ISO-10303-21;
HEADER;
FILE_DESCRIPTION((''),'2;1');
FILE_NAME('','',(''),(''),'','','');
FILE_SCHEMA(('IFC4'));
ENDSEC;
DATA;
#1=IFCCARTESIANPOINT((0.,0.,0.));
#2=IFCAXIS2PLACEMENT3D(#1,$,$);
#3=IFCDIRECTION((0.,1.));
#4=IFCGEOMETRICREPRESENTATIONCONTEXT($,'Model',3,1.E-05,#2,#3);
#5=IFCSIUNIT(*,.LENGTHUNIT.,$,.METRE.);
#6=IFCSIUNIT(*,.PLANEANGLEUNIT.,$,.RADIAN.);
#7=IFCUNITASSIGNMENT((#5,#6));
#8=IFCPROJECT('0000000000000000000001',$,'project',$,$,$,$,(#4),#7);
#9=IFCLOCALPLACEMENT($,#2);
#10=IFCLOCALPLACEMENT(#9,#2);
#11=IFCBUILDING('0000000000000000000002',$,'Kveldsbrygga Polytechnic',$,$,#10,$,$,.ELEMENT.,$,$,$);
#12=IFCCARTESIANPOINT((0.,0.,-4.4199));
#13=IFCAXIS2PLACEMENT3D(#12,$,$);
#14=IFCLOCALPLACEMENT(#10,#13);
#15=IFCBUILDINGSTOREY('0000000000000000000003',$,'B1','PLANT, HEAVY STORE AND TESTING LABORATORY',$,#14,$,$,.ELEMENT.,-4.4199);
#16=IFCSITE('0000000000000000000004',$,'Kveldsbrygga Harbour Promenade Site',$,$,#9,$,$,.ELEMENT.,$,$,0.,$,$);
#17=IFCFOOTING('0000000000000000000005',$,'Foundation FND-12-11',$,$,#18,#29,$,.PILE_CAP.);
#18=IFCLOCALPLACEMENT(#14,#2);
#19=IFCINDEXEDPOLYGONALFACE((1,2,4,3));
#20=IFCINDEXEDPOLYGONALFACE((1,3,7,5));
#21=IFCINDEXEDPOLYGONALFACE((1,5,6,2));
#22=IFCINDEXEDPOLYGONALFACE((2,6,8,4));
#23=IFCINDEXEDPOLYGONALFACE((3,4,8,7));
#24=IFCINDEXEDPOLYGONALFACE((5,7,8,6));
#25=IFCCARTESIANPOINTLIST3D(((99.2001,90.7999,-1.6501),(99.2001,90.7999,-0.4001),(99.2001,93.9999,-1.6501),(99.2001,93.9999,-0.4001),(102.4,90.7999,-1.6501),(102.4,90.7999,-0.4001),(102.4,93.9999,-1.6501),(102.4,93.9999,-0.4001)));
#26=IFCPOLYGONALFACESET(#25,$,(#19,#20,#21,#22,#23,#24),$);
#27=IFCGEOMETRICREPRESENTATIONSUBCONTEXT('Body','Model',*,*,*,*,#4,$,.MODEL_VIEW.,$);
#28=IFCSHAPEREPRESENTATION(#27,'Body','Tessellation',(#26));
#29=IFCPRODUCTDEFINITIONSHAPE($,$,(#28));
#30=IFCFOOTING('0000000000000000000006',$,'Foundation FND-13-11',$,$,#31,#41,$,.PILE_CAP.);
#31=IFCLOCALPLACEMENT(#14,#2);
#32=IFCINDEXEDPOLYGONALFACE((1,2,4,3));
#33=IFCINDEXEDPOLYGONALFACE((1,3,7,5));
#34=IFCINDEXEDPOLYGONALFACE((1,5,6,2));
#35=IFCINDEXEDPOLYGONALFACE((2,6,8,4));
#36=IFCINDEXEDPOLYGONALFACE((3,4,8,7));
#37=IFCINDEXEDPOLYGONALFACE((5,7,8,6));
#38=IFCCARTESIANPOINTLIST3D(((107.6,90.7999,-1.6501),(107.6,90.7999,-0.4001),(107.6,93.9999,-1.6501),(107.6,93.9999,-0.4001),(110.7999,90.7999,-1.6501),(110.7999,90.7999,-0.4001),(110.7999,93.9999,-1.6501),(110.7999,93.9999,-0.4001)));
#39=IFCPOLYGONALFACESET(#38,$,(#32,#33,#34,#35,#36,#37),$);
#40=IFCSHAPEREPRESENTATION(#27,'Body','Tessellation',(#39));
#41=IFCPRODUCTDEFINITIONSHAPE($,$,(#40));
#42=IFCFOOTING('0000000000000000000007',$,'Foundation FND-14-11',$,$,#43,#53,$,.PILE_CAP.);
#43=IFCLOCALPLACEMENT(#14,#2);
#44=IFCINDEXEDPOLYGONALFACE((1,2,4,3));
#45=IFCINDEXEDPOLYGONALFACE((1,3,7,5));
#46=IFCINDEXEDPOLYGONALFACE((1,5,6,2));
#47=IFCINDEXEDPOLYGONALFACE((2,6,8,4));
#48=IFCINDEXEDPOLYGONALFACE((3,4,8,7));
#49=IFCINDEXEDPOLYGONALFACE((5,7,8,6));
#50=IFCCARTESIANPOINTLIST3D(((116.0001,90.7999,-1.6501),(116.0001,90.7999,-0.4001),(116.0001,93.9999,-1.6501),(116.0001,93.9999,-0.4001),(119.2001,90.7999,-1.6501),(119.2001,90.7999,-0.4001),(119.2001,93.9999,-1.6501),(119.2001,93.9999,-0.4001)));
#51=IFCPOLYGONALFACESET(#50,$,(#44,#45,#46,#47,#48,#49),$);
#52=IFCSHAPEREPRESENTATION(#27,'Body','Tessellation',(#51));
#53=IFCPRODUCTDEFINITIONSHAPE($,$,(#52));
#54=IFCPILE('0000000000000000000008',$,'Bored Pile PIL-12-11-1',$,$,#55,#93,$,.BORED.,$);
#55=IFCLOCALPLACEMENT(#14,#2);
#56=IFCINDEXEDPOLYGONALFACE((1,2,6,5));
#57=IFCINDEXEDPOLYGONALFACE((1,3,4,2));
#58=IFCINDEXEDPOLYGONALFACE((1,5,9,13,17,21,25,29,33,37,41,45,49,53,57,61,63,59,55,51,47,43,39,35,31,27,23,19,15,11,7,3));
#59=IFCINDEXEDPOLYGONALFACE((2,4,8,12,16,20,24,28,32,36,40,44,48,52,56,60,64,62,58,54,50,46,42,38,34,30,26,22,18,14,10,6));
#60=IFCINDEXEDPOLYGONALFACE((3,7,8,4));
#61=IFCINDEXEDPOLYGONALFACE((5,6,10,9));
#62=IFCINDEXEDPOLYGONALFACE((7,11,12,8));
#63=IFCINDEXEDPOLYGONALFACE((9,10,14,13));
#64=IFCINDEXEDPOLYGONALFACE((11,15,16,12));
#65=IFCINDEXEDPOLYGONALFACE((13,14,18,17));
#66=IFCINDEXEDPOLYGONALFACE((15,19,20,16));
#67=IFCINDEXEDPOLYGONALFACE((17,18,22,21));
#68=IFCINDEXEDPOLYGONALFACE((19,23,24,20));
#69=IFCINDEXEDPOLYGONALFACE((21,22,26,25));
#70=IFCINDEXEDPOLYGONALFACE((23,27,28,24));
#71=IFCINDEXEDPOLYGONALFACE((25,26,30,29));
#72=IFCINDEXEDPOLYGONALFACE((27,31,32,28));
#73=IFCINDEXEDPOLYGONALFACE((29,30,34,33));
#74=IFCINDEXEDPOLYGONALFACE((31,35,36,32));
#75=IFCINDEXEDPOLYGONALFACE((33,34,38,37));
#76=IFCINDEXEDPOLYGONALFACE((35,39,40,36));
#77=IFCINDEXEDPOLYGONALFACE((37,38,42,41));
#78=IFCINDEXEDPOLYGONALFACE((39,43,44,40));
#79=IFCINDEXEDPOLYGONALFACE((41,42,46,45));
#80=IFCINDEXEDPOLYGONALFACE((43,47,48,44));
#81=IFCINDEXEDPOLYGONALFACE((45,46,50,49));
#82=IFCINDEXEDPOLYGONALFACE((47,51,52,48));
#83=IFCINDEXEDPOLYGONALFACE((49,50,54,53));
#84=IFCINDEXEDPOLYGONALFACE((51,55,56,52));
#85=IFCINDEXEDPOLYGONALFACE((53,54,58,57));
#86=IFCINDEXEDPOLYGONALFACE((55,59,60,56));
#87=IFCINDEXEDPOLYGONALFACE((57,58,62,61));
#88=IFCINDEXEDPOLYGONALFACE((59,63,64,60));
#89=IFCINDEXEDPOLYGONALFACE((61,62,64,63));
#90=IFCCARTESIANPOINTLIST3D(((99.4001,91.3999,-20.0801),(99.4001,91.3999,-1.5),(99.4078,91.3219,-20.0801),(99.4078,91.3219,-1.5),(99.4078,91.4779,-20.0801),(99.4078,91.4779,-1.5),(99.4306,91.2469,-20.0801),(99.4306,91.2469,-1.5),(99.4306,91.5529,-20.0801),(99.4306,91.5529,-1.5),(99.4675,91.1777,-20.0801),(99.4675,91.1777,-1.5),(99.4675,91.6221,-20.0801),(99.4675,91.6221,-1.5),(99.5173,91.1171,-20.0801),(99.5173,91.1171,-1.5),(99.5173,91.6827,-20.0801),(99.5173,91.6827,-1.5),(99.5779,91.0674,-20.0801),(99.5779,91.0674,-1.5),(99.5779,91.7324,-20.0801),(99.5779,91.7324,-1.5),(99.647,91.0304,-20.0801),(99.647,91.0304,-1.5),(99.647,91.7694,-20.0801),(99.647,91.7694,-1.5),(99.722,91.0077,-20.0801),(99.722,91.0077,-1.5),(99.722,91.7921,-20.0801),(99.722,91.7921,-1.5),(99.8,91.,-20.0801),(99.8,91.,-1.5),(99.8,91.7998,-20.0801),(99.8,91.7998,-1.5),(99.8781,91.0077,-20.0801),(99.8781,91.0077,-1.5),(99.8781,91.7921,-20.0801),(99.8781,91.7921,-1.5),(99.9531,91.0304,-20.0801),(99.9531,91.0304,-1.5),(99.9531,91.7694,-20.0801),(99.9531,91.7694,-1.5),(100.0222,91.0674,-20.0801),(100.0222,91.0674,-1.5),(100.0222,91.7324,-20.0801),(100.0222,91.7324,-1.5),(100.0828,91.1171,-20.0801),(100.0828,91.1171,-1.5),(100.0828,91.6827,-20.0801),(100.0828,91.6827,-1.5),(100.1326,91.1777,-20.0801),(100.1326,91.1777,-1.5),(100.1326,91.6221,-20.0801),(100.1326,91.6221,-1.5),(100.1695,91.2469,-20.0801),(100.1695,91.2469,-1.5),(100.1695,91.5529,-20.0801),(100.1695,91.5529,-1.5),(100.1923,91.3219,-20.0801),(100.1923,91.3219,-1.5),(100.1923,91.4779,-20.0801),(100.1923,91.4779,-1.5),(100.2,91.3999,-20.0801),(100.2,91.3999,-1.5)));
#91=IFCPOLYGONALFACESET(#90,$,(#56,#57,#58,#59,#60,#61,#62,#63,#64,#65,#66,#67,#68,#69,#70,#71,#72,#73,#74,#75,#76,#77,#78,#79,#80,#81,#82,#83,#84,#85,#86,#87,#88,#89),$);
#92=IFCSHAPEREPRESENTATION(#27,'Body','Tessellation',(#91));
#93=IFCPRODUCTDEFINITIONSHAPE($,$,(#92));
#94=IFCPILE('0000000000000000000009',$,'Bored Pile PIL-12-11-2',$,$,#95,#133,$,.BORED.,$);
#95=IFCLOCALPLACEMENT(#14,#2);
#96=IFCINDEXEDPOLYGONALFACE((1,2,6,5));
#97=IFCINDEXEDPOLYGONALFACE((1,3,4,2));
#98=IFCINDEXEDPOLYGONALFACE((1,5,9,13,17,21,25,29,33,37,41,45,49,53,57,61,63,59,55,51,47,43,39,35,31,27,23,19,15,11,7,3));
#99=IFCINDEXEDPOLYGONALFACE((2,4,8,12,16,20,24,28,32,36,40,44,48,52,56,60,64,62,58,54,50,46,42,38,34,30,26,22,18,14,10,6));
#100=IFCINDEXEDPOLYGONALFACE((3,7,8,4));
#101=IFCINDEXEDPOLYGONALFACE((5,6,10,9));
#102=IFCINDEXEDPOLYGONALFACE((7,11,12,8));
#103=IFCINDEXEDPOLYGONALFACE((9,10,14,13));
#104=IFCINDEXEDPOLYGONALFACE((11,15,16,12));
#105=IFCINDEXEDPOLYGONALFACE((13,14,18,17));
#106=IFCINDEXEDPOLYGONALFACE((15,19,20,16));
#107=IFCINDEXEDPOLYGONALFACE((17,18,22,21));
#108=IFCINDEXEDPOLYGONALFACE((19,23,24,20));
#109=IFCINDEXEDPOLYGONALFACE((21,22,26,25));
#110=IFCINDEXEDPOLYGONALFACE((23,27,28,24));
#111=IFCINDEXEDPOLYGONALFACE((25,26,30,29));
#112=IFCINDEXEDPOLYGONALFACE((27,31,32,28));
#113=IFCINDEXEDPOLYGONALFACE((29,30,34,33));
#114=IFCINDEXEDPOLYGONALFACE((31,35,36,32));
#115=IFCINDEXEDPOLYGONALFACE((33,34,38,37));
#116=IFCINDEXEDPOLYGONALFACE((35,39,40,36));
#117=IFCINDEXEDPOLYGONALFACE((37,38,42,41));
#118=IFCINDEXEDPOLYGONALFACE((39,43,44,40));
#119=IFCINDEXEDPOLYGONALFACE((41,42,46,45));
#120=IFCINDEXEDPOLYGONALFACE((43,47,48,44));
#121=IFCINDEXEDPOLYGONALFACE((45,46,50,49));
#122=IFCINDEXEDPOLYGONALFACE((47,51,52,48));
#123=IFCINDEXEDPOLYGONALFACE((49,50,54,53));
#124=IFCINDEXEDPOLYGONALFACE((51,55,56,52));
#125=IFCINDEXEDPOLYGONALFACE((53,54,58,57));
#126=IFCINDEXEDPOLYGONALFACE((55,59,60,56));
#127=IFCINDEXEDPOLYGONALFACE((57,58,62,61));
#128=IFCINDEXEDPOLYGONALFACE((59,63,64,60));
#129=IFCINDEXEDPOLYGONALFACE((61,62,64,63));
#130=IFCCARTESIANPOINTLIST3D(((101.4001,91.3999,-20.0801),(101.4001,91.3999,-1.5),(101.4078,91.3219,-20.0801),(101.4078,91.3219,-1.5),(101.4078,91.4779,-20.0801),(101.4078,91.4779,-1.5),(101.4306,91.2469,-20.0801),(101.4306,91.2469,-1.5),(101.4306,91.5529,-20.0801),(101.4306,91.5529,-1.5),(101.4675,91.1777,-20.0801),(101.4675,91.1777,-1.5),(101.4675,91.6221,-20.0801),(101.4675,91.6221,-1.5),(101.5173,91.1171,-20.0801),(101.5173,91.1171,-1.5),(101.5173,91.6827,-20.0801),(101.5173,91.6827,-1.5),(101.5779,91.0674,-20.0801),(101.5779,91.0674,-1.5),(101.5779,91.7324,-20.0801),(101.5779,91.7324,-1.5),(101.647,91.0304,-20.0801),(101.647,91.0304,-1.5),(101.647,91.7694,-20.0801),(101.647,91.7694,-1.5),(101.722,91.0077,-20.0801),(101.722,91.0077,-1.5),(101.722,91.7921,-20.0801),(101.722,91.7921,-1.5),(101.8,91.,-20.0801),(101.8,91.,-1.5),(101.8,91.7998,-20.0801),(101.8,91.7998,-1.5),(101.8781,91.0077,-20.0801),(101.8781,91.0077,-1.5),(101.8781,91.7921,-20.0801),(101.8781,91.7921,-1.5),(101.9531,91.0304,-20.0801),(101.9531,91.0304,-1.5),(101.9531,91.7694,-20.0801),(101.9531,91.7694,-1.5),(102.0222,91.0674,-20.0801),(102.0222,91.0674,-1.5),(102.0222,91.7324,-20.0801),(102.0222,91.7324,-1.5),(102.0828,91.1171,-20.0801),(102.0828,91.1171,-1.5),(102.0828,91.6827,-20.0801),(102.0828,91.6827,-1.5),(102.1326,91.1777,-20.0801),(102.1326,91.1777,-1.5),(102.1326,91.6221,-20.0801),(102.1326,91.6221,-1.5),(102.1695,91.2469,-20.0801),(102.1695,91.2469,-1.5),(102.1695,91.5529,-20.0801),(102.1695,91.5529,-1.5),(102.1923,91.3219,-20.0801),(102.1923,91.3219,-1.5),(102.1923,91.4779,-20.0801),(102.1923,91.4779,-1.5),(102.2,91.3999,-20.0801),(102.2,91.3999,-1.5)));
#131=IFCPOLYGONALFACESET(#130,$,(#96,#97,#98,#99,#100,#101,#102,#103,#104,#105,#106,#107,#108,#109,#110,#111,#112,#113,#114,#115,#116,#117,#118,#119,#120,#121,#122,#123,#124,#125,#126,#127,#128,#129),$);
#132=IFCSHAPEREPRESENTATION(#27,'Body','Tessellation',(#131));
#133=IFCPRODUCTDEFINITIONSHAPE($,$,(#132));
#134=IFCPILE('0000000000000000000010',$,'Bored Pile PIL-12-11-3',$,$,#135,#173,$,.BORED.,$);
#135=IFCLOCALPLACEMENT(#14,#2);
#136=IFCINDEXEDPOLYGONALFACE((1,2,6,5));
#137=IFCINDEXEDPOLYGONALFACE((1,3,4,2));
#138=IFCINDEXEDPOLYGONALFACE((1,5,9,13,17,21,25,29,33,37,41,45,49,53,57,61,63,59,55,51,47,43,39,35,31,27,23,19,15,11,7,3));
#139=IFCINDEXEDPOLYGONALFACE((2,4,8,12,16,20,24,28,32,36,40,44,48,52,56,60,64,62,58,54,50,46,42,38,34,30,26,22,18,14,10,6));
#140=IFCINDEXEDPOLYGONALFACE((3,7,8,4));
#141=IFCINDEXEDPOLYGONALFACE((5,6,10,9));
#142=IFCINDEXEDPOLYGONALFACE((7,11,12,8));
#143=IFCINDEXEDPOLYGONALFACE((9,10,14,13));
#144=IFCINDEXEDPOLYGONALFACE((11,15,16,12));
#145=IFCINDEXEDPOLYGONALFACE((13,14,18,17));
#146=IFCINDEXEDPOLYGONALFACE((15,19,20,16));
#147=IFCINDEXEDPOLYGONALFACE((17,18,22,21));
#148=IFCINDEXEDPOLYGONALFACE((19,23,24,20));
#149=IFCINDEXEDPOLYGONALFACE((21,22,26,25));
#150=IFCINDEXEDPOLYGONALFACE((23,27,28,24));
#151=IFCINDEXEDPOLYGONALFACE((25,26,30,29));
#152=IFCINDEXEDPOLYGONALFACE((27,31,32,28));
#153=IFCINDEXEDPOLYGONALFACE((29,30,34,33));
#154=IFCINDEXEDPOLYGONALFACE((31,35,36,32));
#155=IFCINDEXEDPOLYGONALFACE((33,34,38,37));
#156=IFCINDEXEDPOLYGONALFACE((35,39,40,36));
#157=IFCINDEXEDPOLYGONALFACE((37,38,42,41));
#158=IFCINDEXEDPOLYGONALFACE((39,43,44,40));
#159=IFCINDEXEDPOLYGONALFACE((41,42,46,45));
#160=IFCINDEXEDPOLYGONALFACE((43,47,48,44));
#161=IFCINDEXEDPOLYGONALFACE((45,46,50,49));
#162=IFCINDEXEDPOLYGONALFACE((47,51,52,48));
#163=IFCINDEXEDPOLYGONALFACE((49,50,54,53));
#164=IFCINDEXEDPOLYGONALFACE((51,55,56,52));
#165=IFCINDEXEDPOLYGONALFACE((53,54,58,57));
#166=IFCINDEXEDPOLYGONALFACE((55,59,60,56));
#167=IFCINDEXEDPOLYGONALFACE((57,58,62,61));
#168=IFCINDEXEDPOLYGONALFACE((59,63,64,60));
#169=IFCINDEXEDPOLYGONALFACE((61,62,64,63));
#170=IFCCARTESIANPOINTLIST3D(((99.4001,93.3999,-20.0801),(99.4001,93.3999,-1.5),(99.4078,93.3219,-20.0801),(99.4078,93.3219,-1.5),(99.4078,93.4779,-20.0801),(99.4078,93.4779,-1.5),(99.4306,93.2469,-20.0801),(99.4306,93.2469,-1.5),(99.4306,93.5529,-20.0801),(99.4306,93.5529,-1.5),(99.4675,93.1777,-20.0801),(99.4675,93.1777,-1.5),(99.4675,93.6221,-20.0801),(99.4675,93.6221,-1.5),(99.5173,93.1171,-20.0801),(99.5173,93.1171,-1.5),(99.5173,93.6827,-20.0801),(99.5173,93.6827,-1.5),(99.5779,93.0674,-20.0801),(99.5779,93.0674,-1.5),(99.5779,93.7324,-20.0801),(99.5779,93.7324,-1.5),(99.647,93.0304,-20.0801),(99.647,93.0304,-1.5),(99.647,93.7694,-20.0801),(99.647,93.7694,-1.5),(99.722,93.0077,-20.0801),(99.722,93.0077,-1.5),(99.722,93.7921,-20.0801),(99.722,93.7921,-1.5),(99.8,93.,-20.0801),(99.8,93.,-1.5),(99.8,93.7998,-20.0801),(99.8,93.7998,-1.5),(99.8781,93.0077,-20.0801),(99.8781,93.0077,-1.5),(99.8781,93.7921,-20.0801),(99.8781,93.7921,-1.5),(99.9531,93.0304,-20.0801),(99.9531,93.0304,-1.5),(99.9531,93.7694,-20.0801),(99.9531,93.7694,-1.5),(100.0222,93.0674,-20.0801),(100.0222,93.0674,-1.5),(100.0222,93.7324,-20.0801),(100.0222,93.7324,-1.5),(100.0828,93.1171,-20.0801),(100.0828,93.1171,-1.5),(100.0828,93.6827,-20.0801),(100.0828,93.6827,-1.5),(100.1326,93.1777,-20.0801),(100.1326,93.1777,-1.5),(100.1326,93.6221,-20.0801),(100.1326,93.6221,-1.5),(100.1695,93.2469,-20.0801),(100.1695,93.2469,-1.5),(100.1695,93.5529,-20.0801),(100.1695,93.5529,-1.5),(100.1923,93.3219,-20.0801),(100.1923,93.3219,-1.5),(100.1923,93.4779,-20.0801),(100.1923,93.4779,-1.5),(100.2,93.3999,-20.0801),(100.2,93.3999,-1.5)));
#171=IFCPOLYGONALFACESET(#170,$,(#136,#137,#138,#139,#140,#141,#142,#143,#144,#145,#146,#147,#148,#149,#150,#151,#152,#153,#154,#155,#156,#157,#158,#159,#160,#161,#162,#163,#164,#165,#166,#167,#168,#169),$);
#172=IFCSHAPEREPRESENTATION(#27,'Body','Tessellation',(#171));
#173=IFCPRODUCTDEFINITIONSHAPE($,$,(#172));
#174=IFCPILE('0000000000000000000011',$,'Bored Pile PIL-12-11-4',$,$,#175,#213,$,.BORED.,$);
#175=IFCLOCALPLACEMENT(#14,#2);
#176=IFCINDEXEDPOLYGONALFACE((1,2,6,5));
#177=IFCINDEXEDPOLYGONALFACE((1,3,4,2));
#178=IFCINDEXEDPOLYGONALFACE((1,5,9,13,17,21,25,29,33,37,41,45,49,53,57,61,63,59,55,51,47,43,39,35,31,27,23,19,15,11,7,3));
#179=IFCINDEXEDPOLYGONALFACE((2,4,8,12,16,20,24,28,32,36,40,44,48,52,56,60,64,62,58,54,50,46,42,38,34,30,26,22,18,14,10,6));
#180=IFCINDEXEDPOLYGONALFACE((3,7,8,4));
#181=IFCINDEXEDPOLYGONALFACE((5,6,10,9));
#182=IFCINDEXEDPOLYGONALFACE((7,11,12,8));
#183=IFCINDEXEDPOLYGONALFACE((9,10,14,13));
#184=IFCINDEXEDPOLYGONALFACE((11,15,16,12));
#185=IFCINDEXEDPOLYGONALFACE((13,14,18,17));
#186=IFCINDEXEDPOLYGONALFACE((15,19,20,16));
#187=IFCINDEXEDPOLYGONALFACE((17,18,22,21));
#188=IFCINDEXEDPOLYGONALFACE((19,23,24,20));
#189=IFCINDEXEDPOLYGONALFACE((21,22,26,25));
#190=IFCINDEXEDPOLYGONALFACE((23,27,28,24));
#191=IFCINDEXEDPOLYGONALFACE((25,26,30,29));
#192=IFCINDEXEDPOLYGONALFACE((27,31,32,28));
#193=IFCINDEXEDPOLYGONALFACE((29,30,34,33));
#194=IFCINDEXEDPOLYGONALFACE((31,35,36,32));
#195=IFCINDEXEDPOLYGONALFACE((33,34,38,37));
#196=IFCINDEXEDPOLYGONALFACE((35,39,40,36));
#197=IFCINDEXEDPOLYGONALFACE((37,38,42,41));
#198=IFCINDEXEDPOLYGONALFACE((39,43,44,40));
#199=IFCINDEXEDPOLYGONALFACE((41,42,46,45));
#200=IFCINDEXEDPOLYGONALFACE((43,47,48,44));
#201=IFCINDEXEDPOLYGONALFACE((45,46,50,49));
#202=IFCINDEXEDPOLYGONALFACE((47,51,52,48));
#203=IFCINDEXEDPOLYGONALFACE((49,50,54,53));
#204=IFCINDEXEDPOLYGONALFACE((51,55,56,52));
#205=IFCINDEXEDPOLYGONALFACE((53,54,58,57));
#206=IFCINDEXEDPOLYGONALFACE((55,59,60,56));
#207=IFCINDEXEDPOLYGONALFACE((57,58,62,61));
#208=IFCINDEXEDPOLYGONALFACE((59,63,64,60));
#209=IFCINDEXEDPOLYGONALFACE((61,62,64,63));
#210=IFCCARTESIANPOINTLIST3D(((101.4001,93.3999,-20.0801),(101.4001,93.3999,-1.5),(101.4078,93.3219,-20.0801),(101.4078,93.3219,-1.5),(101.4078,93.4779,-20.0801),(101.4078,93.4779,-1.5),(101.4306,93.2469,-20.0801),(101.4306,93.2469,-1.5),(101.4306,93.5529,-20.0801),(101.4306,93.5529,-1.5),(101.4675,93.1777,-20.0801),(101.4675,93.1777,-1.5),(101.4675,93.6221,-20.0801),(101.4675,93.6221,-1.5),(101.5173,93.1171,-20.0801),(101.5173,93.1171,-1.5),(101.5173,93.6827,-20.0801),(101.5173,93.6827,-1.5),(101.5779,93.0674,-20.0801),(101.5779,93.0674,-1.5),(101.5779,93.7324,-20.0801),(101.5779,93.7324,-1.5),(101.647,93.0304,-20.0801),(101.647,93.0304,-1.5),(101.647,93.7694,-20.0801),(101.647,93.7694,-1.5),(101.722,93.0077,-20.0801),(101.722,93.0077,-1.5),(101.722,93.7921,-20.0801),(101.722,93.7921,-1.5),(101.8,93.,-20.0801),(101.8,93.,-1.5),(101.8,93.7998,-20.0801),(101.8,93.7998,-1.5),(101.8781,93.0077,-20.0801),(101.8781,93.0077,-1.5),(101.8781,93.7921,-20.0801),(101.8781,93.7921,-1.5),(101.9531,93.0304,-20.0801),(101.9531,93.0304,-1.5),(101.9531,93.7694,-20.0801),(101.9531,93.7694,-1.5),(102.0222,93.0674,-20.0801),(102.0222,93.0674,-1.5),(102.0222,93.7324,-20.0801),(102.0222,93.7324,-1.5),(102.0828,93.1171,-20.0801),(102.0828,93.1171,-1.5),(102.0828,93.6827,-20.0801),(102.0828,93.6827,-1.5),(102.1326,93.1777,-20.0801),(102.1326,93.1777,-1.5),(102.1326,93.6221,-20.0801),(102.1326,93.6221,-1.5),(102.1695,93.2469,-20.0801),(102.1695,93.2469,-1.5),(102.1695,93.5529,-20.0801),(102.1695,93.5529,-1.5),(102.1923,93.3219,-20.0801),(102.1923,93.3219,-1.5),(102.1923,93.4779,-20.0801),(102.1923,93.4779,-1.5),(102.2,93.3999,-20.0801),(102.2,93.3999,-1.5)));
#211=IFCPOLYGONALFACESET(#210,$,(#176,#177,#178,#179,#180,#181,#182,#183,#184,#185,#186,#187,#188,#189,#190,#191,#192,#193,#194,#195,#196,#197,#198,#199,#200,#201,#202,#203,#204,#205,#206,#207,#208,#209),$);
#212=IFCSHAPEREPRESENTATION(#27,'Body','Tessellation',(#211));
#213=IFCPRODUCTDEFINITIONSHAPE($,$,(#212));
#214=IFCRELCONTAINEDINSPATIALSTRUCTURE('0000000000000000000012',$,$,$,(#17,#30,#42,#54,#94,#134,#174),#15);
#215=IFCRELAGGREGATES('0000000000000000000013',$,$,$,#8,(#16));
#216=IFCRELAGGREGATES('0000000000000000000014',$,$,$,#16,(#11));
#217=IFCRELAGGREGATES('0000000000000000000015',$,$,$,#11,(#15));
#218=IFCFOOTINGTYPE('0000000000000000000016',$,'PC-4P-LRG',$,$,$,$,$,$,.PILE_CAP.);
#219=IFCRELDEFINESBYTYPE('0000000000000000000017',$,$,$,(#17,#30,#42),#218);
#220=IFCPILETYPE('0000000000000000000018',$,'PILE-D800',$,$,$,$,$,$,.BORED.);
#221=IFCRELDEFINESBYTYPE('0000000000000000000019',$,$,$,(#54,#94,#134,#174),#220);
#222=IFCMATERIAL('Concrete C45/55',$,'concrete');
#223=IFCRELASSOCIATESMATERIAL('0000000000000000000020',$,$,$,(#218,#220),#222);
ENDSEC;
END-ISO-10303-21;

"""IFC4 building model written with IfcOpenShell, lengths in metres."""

from ifc_helpers import new_model, si_unit, direction, frame, origin, origin_2d, place, context, subcontext, project, spatial, rectangle, circle, extrude, material, material_profile, profile_set, type_object, element, save


model = new_model("IFC4")

# Units and contexts
model_context = context("Model", 3, precision=1e-05, world=origin(), true_north=direction((0.0, 1.0)))
body_context = subcontext(model_context, "Body", "Model", "MODEL_VIEW")
ifc_project = project(units=[si_unit("LENGTHUNIT", "METRE"), si_unit("PLANEANGLEUNIT", "RADIAN")], contexts=[model_context])

# Site, building, storey
site_placement = place(None, origin())
site = spatial("IfcSite", under=ifc_project, at=site_placement, Name="Kveldsbrygga Harbour Promenade Site", CompositionType="ELEMENT", RefElevation=0.0)
building_placement = place(site_placement, origin())
building = spatial("IfcBuilding", under=site, at=building_placement, Name="Kveldsbrygga Polytechnic", CompositionType="ELEMENT")
storey_placement = place(building_placement, frame((0.0, 0.0, -4.4199)))
storey = spatial("IfcBuildingStorey", under=building, at=storey_placement, Name="B1", Description="PLANT, HEAVY STORE AND TESTING LABORATORY", CompositionType="ELEMENT", Elevation=-4.4199)

# Footings
ifc_material_1 = material(Name="Concrete C45/55", Category="concrete")
footing_type = type_object("IfcFootingType", Name="PC-4P-LRG", PredefinedType="PILE_CAP", material=ifc_material_1)
for number, where, z_axis, x_axis, name in (
    (1, (100.8, 92.3999, -1.6501), (0.0, 0.0, 1.0), (1.0, 0.0, 0.0), "Foundation FND-12-11"),
    (2, (109.2, 92.3999, -1.6501), (0.0, 0.0, 1.0), (1.0, 0.0, 0.0), "Foundation FND-13-11"),
    (3, (117.6001, 92.3999, -1.6501), (0.0, 0.0, 1.0), (1.0, 0.0, 0.0), "Foundation FND-14-11"),
):
    element("IfcFooting", number, at=place(storey_placement, frame(where, z_axis=z_axis, x_axis=x_axis)), inside=storey, type_object=footing_type, Name=name, PredefinedType="PILE_CAP", context=body_context, shape_type="SweptSolid", body=[
        extrude(rectangle(XDim=3.2, YDim=3.2, at=origin_2d()), origin(), (0.0, 0.0, 1.0), 1.25),
    ])

# Piles
ifc_material_profile_1 = material_profile(ifc_material_1, circle(Radius=0.3999, at=origin_2d()), Name="PILE D800")
ifc_profile_set_1 = profile_set([ifc_material_profile_1], Name="Concrete C45/55")
pile_type = type_object("IfcPileType", Name="PILE-D800", PredefinedType="BORED", material=ifc_profile_set_1)
for number, where, z_axis, x_axis, name in (
    (4, (99.8, 91.3999, -1.5), (0.0, 0.0, -1.0), (1.0, 0.0, 0.0), "Bored Pile PIL-12-11-1"),
    (5, (101.8, 91.3999, -1.5), (0.0, 0.0, -1.0), (1.0, 0.0, 0.0), "Bored Pile PIL-12-11-2"),
    (6, (99.8, 93.3999, -1.5), (0.0, 0.0, -1.0), (1.0, 0.0, 0.0), "Bored Pile PIL-12-11-3"),
    (7, (101.8, 93.3999, -1.5), (0.0, 0.0, -1.0), (1.0, 0.0, 0.0), "Bored Pile PIL-12-11-4"),
):
    element("IfcPile", number, at=place(storey_placement, frame(where, z_axis=z_axis, x_axis=x_axis)), inside=storey, type_object=pile_type, Name=name, PredefinedType="BORED", context=body_context, shape_type="SweptSolid", body=[
        extrude(circle(Radius=0.3999, at=origin_2d()), origin(), (0.0, 0.0, 1.0), 18.5801),
    ])

save(model, "model.ifc")
